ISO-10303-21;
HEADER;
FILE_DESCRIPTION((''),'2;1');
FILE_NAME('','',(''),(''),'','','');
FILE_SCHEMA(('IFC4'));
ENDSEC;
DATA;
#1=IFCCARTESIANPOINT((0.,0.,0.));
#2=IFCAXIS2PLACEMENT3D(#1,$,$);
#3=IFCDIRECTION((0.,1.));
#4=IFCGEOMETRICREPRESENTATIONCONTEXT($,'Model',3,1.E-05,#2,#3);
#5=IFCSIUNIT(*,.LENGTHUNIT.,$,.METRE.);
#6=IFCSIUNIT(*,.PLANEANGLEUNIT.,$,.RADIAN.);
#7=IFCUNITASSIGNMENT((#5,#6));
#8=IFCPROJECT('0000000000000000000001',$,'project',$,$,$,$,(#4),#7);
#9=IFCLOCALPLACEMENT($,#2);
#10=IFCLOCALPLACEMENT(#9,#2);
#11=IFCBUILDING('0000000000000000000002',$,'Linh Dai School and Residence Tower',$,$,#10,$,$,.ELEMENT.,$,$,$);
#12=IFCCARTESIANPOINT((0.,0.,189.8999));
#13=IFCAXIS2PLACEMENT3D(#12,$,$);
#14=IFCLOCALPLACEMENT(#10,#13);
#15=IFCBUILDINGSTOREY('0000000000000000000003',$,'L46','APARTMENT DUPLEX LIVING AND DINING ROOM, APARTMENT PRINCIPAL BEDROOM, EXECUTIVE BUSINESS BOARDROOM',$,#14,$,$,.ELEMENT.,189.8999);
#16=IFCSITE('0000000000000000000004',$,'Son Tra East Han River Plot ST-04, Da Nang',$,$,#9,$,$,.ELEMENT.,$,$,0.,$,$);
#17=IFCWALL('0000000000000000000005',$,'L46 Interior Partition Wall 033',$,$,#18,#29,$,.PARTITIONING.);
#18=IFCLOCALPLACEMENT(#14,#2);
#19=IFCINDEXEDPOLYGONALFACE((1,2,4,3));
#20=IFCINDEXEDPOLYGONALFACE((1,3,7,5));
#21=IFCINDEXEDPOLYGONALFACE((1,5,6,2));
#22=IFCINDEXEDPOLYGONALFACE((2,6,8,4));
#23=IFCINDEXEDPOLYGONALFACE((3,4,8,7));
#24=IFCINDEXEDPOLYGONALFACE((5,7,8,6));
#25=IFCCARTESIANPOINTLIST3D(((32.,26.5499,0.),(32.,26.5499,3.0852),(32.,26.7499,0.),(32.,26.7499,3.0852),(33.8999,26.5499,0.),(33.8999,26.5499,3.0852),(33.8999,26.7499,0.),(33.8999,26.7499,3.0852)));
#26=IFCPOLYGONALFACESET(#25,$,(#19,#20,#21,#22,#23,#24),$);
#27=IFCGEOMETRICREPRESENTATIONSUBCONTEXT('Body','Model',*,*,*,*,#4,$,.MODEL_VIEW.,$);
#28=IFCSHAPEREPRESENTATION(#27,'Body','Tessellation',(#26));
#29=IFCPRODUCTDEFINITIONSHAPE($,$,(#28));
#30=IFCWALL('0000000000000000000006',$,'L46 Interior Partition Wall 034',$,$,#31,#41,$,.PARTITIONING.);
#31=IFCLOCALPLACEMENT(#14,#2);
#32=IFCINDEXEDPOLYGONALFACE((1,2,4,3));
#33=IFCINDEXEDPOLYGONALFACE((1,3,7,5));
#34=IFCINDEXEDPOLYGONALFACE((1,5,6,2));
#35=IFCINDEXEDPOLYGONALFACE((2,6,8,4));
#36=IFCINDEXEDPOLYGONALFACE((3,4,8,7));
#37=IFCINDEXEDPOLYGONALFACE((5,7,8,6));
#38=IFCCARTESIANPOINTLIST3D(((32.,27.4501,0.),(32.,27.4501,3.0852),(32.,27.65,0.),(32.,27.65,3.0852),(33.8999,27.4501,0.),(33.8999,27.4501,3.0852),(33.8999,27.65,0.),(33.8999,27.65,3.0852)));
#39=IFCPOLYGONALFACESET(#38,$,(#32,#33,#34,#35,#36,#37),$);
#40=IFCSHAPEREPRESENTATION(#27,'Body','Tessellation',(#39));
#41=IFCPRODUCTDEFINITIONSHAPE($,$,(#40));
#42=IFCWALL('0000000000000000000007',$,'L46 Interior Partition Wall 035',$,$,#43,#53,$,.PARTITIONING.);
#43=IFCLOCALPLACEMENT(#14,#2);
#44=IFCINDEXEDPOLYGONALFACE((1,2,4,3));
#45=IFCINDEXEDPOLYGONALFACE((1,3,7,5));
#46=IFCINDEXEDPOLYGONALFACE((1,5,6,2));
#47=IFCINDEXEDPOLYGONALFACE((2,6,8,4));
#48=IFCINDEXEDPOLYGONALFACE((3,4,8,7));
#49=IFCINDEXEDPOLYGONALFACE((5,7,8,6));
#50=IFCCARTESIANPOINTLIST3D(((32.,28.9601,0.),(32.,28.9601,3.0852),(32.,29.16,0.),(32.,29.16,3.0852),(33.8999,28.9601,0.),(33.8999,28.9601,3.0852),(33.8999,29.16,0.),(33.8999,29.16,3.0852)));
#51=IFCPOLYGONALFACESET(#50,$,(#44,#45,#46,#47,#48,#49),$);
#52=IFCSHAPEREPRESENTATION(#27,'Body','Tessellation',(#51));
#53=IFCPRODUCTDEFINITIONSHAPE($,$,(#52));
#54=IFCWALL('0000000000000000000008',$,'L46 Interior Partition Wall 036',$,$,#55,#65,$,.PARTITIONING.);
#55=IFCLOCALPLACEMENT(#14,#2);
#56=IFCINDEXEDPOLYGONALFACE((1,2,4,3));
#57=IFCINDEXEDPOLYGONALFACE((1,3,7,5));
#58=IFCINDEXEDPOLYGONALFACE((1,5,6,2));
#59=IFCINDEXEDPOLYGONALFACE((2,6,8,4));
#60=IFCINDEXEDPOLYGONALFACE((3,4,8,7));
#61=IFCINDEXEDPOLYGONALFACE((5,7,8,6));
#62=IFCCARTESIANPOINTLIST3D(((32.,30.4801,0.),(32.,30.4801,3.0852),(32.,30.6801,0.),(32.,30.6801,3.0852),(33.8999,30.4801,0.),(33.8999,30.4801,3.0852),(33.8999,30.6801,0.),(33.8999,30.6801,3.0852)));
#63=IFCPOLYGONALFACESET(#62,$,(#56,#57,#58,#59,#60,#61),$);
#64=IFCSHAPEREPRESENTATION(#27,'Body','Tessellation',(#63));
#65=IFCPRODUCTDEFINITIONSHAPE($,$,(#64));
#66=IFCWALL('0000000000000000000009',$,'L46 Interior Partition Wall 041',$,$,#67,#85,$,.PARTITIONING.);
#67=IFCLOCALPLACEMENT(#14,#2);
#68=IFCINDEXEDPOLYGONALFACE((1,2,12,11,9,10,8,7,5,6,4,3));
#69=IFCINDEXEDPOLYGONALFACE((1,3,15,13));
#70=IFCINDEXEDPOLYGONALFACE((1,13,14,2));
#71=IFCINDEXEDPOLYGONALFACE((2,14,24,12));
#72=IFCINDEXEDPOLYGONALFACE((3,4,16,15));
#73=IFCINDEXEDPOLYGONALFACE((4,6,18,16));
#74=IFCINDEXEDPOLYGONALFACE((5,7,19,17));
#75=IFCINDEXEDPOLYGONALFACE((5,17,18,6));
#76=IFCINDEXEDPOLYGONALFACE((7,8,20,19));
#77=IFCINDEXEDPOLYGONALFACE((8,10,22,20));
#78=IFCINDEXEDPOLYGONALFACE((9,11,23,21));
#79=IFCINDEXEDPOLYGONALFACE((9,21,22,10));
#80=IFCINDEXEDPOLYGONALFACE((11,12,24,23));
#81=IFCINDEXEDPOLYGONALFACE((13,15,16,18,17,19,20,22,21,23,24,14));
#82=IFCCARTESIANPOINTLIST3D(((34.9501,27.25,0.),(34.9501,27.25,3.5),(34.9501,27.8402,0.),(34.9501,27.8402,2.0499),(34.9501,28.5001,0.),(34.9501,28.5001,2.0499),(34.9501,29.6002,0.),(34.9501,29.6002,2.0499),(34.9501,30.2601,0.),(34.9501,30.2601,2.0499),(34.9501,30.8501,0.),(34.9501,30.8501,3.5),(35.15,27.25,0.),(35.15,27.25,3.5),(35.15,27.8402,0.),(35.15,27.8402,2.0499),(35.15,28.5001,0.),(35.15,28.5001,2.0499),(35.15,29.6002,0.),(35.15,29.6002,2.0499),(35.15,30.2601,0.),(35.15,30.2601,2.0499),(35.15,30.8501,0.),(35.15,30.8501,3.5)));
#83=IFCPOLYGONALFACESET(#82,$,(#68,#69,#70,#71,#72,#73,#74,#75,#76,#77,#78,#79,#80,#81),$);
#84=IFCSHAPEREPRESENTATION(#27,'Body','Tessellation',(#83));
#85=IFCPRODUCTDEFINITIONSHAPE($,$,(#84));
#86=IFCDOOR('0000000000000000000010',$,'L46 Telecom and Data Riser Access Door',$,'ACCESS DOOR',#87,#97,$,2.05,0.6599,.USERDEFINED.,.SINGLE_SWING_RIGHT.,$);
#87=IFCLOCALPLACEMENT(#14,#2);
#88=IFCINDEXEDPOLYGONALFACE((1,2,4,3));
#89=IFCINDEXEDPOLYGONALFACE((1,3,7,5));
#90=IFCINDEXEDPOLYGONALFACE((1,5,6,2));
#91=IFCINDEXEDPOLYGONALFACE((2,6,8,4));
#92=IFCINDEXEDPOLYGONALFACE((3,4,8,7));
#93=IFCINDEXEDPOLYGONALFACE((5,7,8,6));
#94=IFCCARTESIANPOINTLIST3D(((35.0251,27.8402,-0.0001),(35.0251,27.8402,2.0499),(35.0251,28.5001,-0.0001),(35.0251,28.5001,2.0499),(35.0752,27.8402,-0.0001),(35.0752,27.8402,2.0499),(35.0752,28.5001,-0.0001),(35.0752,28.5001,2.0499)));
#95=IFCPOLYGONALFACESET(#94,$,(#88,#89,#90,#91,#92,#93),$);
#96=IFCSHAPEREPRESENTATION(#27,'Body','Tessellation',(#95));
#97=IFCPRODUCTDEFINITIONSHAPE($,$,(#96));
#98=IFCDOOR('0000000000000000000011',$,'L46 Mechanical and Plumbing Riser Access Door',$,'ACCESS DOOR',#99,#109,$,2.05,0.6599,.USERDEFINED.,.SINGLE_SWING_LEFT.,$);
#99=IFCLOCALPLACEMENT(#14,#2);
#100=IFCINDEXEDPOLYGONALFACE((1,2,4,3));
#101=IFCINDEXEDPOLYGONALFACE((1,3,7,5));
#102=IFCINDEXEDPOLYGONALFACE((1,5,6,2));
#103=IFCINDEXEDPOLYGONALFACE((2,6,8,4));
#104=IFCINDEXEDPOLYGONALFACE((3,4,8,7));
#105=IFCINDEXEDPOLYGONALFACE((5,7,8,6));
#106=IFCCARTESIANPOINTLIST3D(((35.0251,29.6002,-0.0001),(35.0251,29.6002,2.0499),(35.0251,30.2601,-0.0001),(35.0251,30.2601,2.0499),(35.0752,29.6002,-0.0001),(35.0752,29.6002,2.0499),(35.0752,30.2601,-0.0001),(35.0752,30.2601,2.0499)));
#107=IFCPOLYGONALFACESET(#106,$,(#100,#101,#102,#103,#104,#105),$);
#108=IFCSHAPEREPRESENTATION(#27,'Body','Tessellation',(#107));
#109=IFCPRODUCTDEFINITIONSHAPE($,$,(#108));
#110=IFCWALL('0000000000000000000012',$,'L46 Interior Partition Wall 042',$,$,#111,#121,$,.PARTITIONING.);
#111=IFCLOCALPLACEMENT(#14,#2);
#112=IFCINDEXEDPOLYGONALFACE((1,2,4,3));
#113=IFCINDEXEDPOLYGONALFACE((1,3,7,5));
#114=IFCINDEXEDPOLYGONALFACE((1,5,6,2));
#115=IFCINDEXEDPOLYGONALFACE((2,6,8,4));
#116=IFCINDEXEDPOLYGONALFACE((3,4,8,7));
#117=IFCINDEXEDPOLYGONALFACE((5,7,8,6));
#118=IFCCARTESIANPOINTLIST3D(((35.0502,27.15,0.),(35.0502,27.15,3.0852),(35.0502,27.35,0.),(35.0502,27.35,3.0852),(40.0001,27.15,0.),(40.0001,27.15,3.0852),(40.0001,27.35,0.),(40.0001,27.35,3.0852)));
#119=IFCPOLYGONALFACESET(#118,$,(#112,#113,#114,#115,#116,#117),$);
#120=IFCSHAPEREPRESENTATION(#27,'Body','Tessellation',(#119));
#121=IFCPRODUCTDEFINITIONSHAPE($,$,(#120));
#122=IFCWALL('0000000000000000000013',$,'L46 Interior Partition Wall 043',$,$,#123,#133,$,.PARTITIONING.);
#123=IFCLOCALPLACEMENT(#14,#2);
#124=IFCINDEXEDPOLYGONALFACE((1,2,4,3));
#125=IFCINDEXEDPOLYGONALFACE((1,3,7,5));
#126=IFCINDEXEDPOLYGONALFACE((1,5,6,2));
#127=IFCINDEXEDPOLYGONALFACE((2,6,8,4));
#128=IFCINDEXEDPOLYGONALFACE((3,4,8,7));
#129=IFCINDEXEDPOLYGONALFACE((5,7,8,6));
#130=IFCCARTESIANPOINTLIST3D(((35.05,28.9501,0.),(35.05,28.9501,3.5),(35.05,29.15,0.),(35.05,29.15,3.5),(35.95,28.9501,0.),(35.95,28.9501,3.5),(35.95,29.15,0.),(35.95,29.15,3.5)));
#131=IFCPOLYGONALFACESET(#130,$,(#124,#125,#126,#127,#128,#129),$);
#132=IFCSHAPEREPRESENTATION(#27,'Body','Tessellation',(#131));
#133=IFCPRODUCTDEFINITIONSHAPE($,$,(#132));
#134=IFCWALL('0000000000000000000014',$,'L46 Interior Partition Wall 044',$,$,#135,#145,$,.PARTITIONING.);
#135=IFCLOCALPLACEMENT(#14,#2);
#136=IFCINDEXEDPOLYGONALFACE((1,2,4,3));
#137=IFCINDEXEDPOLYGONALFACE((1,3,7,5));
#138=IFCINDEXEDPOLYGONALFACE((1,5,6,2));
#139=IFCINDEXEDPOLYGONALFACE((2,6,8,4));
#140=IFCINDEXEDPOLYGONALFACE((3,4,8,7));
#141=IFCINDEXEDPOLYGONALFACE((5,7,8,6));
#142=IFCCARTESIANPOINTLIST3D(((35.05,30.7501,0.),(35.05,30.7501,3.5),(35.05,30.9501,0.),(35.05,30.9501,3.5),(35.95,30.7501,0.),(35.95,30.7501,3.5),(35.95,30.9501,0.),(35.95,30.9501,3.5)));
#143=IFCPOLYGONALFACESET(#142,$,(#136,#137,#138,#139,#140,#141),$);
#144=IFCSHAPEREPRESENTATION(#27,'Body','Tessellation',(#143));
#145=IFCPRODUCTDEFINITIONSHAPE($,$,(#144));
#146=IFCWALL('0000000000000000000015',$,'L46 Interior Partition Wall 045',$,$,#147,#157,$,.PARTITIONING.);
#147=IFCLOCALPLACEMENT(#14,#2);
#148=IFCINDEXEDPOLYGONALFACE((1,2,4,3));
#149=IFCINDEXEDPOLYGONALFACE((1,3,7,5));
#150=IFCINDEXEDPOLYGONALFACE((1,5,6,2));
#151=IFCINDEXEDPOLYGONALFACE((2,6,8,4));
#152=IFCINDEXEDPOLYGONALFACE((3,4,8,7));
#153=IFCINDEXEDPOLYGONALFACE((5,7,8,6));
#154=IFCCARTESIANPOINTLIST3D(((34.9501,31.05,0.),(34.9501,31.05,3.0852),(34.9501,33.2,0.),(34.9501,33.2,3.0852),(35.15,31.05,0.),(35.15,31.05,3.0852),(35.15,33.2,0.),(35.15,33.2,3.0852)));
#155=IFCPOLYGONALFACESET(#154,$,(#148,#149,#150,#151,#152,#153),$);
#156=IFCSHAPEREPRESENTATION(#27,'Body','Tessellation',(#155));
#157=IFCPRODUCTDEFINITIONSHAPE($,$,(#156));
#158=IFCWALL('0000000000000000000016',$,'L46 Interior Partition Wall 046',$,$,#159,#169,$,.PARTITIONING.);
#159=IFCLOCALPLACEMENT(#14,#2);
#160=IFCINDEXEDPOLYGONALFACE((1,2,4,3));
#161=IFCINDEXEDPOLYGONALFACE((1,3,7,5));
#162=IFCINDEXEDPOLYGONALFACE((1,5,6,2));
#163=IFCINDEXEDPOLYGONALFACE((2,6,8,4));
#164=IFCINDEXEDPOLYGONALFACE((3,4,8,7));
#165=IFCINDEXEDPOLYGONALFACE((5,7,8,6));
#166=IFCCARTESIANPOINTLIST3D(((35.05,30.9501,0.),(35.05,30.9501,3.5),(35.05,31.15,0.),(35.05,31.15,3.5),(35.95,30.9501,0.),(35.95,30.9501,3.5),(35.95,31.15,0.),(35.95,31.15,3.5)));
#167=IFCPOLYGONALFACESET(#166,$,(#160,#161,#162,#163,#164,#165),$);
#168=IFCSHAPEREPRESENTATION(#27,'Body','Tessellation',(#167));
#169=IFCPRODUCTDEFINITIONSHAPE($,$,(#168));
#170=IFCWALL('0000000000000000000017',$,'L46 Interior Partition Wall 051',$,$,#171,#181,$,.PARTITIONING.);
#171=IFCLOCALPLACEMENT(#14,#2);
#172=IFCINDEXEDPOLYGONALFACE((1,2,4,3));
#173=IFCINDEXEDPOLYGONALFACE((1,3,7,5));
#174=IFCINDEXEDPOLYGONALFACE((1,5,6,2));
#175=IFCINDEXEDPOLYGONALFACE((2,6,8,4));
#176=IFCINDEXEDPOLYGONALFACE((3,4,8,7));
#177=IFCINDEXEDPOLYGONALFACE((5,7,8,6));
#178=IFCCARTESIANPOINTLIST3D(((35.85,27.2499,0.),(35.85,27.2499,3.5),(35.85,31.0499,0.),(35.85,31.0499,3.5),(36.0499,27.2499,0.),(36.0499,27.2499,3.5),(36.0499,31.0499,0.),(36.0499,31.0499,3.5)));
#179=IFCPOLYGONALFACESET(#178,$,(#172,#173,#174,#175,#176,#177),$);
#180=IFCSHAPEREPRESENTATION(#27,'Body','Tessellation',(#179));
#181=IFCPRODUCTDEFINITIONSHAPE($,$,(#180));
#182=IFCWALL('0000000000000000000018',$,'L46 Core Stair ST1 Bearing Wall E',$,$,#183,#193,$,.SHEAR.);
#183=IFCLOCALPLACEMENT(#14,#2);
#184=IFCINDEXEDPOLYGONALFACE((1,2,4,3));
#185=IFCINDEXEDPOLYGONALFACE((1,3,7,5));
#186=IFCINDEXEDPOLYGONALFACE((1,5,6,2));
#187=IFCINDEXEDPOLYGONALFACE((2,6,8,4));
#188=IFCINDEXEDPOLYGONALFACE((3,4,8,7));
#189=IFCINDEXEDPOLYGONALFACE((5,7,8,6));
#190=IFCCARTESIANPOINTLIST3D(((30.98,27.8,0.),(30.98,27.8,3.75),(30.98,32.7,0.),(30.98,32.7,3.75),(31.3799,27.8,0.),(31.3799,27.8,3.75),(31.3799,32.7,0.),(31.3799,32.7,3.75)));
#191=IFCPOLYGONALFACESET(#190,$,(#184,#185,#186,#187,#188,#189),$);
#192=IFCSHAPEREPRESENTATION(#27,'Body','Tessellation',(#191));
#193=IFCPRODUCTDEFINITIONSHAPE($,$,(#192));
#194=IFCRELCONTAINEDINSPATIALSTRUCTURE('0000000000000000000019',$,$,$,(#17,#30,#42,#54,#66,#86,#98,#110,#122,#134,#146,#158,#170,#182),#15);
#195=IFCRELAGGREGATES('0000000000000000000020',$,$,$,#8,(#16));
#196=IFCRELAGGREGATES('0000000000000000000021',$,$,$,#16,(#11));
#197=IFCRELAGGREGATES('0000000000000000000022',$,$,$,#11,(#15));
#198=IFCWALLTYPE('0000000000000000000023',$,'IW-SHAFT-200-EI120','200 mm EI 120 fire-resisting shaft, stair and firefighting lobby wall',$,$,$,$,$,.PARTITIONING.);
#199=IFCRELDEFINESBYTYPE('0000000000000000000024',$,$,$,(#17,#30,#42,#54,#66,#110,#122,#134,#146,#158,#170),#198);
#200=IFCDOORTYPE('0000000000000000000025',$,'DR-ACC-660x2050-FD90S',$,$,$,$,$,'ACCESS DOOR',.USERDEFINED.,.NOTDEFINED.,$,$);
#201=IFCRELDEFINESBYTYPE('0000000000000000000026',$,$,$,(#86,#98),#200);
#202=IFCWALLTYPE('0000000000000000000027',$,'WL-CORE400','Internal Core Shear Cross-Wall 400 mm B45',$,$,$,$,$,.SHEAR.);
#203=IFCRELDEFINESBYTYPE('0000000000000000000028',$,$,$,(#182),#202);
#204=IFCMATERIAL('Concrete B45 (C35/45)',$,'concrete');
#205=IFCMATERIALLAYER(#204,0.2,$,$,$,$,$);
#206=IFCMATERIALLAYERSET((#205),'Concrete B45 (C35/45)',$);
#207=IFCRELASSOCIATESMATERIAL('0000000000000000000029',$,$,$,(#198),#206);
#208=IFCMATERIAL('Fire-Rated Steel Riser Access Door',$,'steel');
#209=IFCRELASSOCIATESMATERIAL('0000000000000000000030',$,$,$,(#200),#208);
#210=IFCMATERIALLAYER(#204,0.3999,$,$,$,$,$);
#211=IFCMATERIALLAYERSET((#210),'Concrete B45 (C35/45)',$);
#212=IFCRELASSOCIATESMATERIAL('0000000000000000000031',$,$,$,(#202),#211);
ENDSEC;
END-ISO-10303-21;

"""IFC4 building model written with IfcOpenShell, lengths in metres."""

from ifc_helpers import new_model, si_unit, direction, frame, frame_2d, origin, origin_2d, place, context, subcontext, project, spatial, rectangle, extrude, source, transform, mapped, material, layer, layer_set, type_object, element, fill, save


model = new_model("IFC4")

# Units and contexts
model_context = context("Model", 3, precision=1e-05, world=origin(), true_north=direction((0.0, 1.0)))
body_context = subcontext(model_context, "Body", "Model", "MODEL_VIEW")
ifc_project = project(units=[si_unit("LENGTHUNIT", "METRE"), si_unit("PLANEANGLEUNIT", "RADIAN")], contexts=[model_context])

# Site, building, storey
site_placement = place(None, origin())
site = spatial("IfcSite", under=ifc_project, at=site_placement, Name="Son Tra East Han River Plot ST-04, Da Nang", CompositionType="ELEMENT", RefElevation=0.0)
building_placement = place(site_placement, origin())
building = spatial("IfcBuilding", under=site, at=building_placement, Name="Linh Dai School and Residence Tower", CompositionType="ELEMENT")
storey_placement = place(building_placement, frame((0.0, 0.0, 189.8999)))
storey = spatial("IfcBuildingStorey", under=building, at=storey_placement, Name="L46", Description="APARTMENT DUPLEX LIVING AND DINING ROOM, APARTMENT PRINCIPAL BEDROOM, EXECUTIVE BUSINESS BOARDROOM", CompositionType="ELEMENT", Elevation=189.8999)

# Walls
ifc_material_1 = material(Name="Concrete B45 (C35/45)", Category="concrete")
ifc_layer_1 = layer(ifc_material_1, 0.2)
ifc_layer_set_1 = layer_set([ifc_layer_1], Name="Concrete B45 (C35/45)")
wall_type_1 = type_object("IfcWallType", Name="IW-SHAFT-200-EI120", Description="200 mm EI 120 fire-resisting shaft, stair and firefighting lobby wall", PredefinedType="PARTITIONING", material=ifc_layer_set_1)
for number, where, z_axis, x_axis, name in (
    (1, (32.0, 26.6499, 0.0), (0.0, 0.0, 1.0), (1.0, 0.0, 0.0), "L46 Interior Partition Wall 033"),
    (2, (32.0, 27.55, 0.0), (0.0, 0.0, 1.0), (1.0, 0.0, 0.0), "L46 Interior Partition Wall 034"),
    (3, (32.0, 29.0601, 0.0), (0.0, 0.0, 1.0), (1.0, 0.0, 0.0), "L46 Interior Partition Wall 035"),
    (4, (32.0, 30.5801, 0.0), (0.0, 0.0, 1.0), (1.0, 0.0, 0.0), "L46 Interior Partition Wall 036"),
):
    element("IfcWall", number, at=place(storey_placement, frame(where, z_axis=z_axis, x_axis=x_axis)), inside=storey, type_object=wall_type_1, Name=name, PredefinedType="PARTITIONING", context=body_context, shape_type="SweptSolid", body=[
        extrude(rectangle(XDim=1.8999, YDim=0.2, at=frame_2d((0.95, 0.0))), origin(), (0.0, 0.0, 1.0), 3.0852),
    ])

# Wall, openings, doors
wall_1_placement = place(storey_placement, frame((35.05, 27.25, 0.0), z_axis=(0.0, 0.0, 1.0), x_axis=(0.0, 1.0, 0.0)))
wall_1 = element("IfcWall", 5, at=wall_1_placement, inside=storey, type_object=wall_type_1, Name="L46 Interior Partition Wall 041", PredefinedType="PARTITIONING", context=body_context, shape_type="SweptSolid", body=[
    extrude(rectangle(XDim=3.6001, YDim=0.2, at=frame_2d((1.8, 0.0))), origin(), (0.0, 0.0, 1.0), 3.5),
])
opening_1_placement = place(wall_1_placement, frame((0.5901, 0.0, 0.0)))
opening_1 = element("IfcOpeningElement", 6, at=opening_1_placement, cuts=wall_1, PredefinedType="OPENING", context=body_context, shape_type="SweptSolid", body=[
    extrude(rectangle(XDim=0.6599, YDim=2.05, at=origin_2d()), frame((0.3301, 0.1099, 1.0249), z_axis=(0.0, -1.0, 0.0), x_axis=(1.0, 0.0, 0.0)), (0.0, 0.0, 1.0), 0.22),
])
opening_2_placement = place(wall_1_placement, frame((2.3501, 0.0, 0.0)))
opening_2 = element("IfcOpeningElement", 7, at=opening_2_placement, cuts=wall_1, PredefinedType="OPENING", context=body_context, shape_type="SweptSolid", body=[
    extrude(rectangle(XDim=0.6599, YDim=2.05, at=origin_2d()), frame((0.3301, 0.1099, 1.0249), z_axis=(0.0, -1.0, 0.0), x_axis=(1.0, 0.0, 0.0)), (0.0, 0.0, 1.0), 0.22),
])
ifc_material_2 = material(Name="Fire-Rated Steel Riser Access Door", Category="steel")
door_type = type_object("IfcDoorType", Name="DR-ACC-660x2050-FD90S", ElementType="ACCESS DOOR", OperationType="NOTDEFINED", PredefinedType="USERDEFINED", material=ifc_material_2)
shared_shape_1 = source(origin(), body_context, "Body", "SweptSolid", [
    extrude(rectangle(XDim=0.6599, YDim=2.05, at=origin_2d()), frame((0.3301, 0.0249, 1.0249), z_axis=(0.0, -1.0, 0.0), x_axis=(1.0, 0.0, 0.0)), (0.0, 0.0, 1.0), 0.05),
])
door_1_placement = place(opening_1_placement, origin())
door_1 = element("IfcDoor", 8, at=door_1_placement, inside=storey, type_object=door_type, Name="L46 Telecom and Data Riser Access Door", ObjectType="ACCESS DOOR", OperationType="SINGLE_SWING_RIGHT", OverallHeight=2.05, OverallWidth=0.6599, PredefinedType="USERDEFINED", context=body_context, shape_type="MappedRepresentation", body=[
    mapped(shared_shape_1, transform((0.0, 0.0, 0.0), x_axis=(1.0, 0.0, 0.0), y_axis=(0.0, 1.0, 0.0), z_axis=(0.0, 0.0, 1.0), scale=1.0)),
])
fill(opening_1, door_1)
door_2_placement = place(opening_2_placement, origin())
door_2 = element("IfcDoor", 9, at=door_2_placement, inside=storey, type_object=door_type, Name="L46 Mechanical and Plumbing Riser Access Door", ObjectType="ACCESS DOOR", OperationType="SINGLE_SWING_LEFT", OverallHeight=2.05, OverallWidth=0.6599, PredefinedType="USERDEFINED", context=body_context, shape_type="MappedRepresentation", body=[
    mapped(shared_shape_1, transform((0.0, 0.0, 0.0), x_axis=(1.0, 0.0, 0.0), y_axis=(0.0, 1.0, 0.0), z_axis=(0.0, 0.0, 1.0), scale=1.0)),
])
fill(opening_2, door_2)

# Walls
wall_2_placement = place(storey_placement, frame((35.05, 27.25, 0.0), z_axis=(0.0, 0.0, 1.0), x_axis=(1.0, 0.0, 0.0)))
element("IfcWall", 10, at=wall_2_placement, inside=storey, type_object=wall_type_1, Name="L46 Interior Partition Wall 042", PredefinedType="PARTITIONING", context=body_context, shape_type="SweptSolid", body=[
    extrude(rectangle(XDim=4.95, YDim=0.2, at=frame_2d((2.4751, 0.0))), origin(), (0.0, 0.0, 1.0), 3.0852),
])
for number, where, z_axis, x_axis, name in (
    (11, (35.05, 29.05, 0.0), (0.0, 0.0, 1.0), (1.0, 0.0, 0.0), "L46 Interior Partition Wall 043"),
    (12, (35.05, 30.8501, 0.0), (0.0, 0.0, 1.0), (1.0, 0.0, 0.0), "L46 Interior Partition Wall 044"),
):
    element("IfcWall", number, at=place(storey_placement, frame(where, z_axis=z_axis, x_axis=x_axis)), inside=storey, type_object=wall_type_1, Name=name, PredefinedType="PARTITIONING", context=body_context, shape_type="SweptSolid", body=[
        extrude(rectangle(XDim=0.8999, YDim=0.2, at=frame_2d((0.45, 0.0))), origin(), (0.0, 0.0, 1.0), 3.5),
    ])
wall_3_placement = place(storey_placement, frame((35.05, 31.05, 0.0), z_axis=(0.0, 0.0, 1.0), x_axis=(0.0, 1.0, 0.0)))
element("IfcWall", 13, at=wall_3_placement, inside=storey, type_object=wall_type_1, Name="L46 Interior Partition Wall 045", PredefinedType="PARTITIONING", context=body_context, shape_type="SweptSolid", body=[
    extrude(rectangle(XDim=2.1499, YDim=0.2, at=frame_2d((1.075, 0.0))), origin(), (0.0, 0.0, 1.0), 3.0852),
])
wall_4_placement = place(storey_placement, frame((35.05, 31.05, 0.0), z_axis=(0.0, 0.0, 1.0), x_axis=(1.0, 0.0, 0.0)))
element("IfcWall", 14, at=wall_4_placement, inside=storey, type_object=wall_type_1, Name="L46 Interior Partition Wall 046", PredefinedType="PARTITIONING", context=body_context, shape_type="SweptSolid", body=[
    extrude(rectangle(XDim=0.8999, YDim=0.2, at=frame_2d((0.45, 0.0))), origin(), (0.0, 0.0, 1.0), 3.5),
])
wall_5_placement = place(storey_placement, frame((35.95, 27.25, 0.0), z_axis=(0.0, 0.0, 1.0), x_axis=(0.0, 1.0, 0.0)))
element("IfcWall", 15, at=wall_5_placement, inside=storey, type_object=wall_type_1, Name="L46 Interior Partition Wall 051", PredefinedType="PARTITIONING", context=body_context, shape_type="SweptSolid", body=[
    extrude(rectangle(XDim=3.8, YDim=0.2, at=frame_2d((1.8999, 0.0))), origin(), (0.0, 0.0, 1.0), 3.5),
])
ifc_layer_2 = layer(ifc_material_1, 0.3999)
ifc_layer_set_2 = layer_set([ifc_layer_2], Name="Concrete B45 (C35/45)")
wall_type_2 = type_object("IfcWallType", Name="WL-CORE400", Description="Internal Core Shear Cross-Wall 400 mm B45", PredefinedType="SHEAR", material=ifc_layer_set_2)
wall_6_placement = place(storey_placement, frame((31.1799, 27.8, 0.0), z_axis=(0.0, 0.0, 1.0), x_axis=(0.0, 1.0, 0.0)))
element("IfcWall", 16, at=wall_6_placement, inside=storey, type_object=wall_type_2, Name="L46 Core Stair ST1 Bearing Wall E", PredefinedType="SHEAR", context=body_context, shape_type="SweptSolid", body=[
    extrude(rectangle(XDim=4.8999, YDim=0.3999, at=frame_2d((2.45, 0.0))), origin(), (0.0, 0.0, 1.0), 3.75),
])

save(model, "model.ifc")
